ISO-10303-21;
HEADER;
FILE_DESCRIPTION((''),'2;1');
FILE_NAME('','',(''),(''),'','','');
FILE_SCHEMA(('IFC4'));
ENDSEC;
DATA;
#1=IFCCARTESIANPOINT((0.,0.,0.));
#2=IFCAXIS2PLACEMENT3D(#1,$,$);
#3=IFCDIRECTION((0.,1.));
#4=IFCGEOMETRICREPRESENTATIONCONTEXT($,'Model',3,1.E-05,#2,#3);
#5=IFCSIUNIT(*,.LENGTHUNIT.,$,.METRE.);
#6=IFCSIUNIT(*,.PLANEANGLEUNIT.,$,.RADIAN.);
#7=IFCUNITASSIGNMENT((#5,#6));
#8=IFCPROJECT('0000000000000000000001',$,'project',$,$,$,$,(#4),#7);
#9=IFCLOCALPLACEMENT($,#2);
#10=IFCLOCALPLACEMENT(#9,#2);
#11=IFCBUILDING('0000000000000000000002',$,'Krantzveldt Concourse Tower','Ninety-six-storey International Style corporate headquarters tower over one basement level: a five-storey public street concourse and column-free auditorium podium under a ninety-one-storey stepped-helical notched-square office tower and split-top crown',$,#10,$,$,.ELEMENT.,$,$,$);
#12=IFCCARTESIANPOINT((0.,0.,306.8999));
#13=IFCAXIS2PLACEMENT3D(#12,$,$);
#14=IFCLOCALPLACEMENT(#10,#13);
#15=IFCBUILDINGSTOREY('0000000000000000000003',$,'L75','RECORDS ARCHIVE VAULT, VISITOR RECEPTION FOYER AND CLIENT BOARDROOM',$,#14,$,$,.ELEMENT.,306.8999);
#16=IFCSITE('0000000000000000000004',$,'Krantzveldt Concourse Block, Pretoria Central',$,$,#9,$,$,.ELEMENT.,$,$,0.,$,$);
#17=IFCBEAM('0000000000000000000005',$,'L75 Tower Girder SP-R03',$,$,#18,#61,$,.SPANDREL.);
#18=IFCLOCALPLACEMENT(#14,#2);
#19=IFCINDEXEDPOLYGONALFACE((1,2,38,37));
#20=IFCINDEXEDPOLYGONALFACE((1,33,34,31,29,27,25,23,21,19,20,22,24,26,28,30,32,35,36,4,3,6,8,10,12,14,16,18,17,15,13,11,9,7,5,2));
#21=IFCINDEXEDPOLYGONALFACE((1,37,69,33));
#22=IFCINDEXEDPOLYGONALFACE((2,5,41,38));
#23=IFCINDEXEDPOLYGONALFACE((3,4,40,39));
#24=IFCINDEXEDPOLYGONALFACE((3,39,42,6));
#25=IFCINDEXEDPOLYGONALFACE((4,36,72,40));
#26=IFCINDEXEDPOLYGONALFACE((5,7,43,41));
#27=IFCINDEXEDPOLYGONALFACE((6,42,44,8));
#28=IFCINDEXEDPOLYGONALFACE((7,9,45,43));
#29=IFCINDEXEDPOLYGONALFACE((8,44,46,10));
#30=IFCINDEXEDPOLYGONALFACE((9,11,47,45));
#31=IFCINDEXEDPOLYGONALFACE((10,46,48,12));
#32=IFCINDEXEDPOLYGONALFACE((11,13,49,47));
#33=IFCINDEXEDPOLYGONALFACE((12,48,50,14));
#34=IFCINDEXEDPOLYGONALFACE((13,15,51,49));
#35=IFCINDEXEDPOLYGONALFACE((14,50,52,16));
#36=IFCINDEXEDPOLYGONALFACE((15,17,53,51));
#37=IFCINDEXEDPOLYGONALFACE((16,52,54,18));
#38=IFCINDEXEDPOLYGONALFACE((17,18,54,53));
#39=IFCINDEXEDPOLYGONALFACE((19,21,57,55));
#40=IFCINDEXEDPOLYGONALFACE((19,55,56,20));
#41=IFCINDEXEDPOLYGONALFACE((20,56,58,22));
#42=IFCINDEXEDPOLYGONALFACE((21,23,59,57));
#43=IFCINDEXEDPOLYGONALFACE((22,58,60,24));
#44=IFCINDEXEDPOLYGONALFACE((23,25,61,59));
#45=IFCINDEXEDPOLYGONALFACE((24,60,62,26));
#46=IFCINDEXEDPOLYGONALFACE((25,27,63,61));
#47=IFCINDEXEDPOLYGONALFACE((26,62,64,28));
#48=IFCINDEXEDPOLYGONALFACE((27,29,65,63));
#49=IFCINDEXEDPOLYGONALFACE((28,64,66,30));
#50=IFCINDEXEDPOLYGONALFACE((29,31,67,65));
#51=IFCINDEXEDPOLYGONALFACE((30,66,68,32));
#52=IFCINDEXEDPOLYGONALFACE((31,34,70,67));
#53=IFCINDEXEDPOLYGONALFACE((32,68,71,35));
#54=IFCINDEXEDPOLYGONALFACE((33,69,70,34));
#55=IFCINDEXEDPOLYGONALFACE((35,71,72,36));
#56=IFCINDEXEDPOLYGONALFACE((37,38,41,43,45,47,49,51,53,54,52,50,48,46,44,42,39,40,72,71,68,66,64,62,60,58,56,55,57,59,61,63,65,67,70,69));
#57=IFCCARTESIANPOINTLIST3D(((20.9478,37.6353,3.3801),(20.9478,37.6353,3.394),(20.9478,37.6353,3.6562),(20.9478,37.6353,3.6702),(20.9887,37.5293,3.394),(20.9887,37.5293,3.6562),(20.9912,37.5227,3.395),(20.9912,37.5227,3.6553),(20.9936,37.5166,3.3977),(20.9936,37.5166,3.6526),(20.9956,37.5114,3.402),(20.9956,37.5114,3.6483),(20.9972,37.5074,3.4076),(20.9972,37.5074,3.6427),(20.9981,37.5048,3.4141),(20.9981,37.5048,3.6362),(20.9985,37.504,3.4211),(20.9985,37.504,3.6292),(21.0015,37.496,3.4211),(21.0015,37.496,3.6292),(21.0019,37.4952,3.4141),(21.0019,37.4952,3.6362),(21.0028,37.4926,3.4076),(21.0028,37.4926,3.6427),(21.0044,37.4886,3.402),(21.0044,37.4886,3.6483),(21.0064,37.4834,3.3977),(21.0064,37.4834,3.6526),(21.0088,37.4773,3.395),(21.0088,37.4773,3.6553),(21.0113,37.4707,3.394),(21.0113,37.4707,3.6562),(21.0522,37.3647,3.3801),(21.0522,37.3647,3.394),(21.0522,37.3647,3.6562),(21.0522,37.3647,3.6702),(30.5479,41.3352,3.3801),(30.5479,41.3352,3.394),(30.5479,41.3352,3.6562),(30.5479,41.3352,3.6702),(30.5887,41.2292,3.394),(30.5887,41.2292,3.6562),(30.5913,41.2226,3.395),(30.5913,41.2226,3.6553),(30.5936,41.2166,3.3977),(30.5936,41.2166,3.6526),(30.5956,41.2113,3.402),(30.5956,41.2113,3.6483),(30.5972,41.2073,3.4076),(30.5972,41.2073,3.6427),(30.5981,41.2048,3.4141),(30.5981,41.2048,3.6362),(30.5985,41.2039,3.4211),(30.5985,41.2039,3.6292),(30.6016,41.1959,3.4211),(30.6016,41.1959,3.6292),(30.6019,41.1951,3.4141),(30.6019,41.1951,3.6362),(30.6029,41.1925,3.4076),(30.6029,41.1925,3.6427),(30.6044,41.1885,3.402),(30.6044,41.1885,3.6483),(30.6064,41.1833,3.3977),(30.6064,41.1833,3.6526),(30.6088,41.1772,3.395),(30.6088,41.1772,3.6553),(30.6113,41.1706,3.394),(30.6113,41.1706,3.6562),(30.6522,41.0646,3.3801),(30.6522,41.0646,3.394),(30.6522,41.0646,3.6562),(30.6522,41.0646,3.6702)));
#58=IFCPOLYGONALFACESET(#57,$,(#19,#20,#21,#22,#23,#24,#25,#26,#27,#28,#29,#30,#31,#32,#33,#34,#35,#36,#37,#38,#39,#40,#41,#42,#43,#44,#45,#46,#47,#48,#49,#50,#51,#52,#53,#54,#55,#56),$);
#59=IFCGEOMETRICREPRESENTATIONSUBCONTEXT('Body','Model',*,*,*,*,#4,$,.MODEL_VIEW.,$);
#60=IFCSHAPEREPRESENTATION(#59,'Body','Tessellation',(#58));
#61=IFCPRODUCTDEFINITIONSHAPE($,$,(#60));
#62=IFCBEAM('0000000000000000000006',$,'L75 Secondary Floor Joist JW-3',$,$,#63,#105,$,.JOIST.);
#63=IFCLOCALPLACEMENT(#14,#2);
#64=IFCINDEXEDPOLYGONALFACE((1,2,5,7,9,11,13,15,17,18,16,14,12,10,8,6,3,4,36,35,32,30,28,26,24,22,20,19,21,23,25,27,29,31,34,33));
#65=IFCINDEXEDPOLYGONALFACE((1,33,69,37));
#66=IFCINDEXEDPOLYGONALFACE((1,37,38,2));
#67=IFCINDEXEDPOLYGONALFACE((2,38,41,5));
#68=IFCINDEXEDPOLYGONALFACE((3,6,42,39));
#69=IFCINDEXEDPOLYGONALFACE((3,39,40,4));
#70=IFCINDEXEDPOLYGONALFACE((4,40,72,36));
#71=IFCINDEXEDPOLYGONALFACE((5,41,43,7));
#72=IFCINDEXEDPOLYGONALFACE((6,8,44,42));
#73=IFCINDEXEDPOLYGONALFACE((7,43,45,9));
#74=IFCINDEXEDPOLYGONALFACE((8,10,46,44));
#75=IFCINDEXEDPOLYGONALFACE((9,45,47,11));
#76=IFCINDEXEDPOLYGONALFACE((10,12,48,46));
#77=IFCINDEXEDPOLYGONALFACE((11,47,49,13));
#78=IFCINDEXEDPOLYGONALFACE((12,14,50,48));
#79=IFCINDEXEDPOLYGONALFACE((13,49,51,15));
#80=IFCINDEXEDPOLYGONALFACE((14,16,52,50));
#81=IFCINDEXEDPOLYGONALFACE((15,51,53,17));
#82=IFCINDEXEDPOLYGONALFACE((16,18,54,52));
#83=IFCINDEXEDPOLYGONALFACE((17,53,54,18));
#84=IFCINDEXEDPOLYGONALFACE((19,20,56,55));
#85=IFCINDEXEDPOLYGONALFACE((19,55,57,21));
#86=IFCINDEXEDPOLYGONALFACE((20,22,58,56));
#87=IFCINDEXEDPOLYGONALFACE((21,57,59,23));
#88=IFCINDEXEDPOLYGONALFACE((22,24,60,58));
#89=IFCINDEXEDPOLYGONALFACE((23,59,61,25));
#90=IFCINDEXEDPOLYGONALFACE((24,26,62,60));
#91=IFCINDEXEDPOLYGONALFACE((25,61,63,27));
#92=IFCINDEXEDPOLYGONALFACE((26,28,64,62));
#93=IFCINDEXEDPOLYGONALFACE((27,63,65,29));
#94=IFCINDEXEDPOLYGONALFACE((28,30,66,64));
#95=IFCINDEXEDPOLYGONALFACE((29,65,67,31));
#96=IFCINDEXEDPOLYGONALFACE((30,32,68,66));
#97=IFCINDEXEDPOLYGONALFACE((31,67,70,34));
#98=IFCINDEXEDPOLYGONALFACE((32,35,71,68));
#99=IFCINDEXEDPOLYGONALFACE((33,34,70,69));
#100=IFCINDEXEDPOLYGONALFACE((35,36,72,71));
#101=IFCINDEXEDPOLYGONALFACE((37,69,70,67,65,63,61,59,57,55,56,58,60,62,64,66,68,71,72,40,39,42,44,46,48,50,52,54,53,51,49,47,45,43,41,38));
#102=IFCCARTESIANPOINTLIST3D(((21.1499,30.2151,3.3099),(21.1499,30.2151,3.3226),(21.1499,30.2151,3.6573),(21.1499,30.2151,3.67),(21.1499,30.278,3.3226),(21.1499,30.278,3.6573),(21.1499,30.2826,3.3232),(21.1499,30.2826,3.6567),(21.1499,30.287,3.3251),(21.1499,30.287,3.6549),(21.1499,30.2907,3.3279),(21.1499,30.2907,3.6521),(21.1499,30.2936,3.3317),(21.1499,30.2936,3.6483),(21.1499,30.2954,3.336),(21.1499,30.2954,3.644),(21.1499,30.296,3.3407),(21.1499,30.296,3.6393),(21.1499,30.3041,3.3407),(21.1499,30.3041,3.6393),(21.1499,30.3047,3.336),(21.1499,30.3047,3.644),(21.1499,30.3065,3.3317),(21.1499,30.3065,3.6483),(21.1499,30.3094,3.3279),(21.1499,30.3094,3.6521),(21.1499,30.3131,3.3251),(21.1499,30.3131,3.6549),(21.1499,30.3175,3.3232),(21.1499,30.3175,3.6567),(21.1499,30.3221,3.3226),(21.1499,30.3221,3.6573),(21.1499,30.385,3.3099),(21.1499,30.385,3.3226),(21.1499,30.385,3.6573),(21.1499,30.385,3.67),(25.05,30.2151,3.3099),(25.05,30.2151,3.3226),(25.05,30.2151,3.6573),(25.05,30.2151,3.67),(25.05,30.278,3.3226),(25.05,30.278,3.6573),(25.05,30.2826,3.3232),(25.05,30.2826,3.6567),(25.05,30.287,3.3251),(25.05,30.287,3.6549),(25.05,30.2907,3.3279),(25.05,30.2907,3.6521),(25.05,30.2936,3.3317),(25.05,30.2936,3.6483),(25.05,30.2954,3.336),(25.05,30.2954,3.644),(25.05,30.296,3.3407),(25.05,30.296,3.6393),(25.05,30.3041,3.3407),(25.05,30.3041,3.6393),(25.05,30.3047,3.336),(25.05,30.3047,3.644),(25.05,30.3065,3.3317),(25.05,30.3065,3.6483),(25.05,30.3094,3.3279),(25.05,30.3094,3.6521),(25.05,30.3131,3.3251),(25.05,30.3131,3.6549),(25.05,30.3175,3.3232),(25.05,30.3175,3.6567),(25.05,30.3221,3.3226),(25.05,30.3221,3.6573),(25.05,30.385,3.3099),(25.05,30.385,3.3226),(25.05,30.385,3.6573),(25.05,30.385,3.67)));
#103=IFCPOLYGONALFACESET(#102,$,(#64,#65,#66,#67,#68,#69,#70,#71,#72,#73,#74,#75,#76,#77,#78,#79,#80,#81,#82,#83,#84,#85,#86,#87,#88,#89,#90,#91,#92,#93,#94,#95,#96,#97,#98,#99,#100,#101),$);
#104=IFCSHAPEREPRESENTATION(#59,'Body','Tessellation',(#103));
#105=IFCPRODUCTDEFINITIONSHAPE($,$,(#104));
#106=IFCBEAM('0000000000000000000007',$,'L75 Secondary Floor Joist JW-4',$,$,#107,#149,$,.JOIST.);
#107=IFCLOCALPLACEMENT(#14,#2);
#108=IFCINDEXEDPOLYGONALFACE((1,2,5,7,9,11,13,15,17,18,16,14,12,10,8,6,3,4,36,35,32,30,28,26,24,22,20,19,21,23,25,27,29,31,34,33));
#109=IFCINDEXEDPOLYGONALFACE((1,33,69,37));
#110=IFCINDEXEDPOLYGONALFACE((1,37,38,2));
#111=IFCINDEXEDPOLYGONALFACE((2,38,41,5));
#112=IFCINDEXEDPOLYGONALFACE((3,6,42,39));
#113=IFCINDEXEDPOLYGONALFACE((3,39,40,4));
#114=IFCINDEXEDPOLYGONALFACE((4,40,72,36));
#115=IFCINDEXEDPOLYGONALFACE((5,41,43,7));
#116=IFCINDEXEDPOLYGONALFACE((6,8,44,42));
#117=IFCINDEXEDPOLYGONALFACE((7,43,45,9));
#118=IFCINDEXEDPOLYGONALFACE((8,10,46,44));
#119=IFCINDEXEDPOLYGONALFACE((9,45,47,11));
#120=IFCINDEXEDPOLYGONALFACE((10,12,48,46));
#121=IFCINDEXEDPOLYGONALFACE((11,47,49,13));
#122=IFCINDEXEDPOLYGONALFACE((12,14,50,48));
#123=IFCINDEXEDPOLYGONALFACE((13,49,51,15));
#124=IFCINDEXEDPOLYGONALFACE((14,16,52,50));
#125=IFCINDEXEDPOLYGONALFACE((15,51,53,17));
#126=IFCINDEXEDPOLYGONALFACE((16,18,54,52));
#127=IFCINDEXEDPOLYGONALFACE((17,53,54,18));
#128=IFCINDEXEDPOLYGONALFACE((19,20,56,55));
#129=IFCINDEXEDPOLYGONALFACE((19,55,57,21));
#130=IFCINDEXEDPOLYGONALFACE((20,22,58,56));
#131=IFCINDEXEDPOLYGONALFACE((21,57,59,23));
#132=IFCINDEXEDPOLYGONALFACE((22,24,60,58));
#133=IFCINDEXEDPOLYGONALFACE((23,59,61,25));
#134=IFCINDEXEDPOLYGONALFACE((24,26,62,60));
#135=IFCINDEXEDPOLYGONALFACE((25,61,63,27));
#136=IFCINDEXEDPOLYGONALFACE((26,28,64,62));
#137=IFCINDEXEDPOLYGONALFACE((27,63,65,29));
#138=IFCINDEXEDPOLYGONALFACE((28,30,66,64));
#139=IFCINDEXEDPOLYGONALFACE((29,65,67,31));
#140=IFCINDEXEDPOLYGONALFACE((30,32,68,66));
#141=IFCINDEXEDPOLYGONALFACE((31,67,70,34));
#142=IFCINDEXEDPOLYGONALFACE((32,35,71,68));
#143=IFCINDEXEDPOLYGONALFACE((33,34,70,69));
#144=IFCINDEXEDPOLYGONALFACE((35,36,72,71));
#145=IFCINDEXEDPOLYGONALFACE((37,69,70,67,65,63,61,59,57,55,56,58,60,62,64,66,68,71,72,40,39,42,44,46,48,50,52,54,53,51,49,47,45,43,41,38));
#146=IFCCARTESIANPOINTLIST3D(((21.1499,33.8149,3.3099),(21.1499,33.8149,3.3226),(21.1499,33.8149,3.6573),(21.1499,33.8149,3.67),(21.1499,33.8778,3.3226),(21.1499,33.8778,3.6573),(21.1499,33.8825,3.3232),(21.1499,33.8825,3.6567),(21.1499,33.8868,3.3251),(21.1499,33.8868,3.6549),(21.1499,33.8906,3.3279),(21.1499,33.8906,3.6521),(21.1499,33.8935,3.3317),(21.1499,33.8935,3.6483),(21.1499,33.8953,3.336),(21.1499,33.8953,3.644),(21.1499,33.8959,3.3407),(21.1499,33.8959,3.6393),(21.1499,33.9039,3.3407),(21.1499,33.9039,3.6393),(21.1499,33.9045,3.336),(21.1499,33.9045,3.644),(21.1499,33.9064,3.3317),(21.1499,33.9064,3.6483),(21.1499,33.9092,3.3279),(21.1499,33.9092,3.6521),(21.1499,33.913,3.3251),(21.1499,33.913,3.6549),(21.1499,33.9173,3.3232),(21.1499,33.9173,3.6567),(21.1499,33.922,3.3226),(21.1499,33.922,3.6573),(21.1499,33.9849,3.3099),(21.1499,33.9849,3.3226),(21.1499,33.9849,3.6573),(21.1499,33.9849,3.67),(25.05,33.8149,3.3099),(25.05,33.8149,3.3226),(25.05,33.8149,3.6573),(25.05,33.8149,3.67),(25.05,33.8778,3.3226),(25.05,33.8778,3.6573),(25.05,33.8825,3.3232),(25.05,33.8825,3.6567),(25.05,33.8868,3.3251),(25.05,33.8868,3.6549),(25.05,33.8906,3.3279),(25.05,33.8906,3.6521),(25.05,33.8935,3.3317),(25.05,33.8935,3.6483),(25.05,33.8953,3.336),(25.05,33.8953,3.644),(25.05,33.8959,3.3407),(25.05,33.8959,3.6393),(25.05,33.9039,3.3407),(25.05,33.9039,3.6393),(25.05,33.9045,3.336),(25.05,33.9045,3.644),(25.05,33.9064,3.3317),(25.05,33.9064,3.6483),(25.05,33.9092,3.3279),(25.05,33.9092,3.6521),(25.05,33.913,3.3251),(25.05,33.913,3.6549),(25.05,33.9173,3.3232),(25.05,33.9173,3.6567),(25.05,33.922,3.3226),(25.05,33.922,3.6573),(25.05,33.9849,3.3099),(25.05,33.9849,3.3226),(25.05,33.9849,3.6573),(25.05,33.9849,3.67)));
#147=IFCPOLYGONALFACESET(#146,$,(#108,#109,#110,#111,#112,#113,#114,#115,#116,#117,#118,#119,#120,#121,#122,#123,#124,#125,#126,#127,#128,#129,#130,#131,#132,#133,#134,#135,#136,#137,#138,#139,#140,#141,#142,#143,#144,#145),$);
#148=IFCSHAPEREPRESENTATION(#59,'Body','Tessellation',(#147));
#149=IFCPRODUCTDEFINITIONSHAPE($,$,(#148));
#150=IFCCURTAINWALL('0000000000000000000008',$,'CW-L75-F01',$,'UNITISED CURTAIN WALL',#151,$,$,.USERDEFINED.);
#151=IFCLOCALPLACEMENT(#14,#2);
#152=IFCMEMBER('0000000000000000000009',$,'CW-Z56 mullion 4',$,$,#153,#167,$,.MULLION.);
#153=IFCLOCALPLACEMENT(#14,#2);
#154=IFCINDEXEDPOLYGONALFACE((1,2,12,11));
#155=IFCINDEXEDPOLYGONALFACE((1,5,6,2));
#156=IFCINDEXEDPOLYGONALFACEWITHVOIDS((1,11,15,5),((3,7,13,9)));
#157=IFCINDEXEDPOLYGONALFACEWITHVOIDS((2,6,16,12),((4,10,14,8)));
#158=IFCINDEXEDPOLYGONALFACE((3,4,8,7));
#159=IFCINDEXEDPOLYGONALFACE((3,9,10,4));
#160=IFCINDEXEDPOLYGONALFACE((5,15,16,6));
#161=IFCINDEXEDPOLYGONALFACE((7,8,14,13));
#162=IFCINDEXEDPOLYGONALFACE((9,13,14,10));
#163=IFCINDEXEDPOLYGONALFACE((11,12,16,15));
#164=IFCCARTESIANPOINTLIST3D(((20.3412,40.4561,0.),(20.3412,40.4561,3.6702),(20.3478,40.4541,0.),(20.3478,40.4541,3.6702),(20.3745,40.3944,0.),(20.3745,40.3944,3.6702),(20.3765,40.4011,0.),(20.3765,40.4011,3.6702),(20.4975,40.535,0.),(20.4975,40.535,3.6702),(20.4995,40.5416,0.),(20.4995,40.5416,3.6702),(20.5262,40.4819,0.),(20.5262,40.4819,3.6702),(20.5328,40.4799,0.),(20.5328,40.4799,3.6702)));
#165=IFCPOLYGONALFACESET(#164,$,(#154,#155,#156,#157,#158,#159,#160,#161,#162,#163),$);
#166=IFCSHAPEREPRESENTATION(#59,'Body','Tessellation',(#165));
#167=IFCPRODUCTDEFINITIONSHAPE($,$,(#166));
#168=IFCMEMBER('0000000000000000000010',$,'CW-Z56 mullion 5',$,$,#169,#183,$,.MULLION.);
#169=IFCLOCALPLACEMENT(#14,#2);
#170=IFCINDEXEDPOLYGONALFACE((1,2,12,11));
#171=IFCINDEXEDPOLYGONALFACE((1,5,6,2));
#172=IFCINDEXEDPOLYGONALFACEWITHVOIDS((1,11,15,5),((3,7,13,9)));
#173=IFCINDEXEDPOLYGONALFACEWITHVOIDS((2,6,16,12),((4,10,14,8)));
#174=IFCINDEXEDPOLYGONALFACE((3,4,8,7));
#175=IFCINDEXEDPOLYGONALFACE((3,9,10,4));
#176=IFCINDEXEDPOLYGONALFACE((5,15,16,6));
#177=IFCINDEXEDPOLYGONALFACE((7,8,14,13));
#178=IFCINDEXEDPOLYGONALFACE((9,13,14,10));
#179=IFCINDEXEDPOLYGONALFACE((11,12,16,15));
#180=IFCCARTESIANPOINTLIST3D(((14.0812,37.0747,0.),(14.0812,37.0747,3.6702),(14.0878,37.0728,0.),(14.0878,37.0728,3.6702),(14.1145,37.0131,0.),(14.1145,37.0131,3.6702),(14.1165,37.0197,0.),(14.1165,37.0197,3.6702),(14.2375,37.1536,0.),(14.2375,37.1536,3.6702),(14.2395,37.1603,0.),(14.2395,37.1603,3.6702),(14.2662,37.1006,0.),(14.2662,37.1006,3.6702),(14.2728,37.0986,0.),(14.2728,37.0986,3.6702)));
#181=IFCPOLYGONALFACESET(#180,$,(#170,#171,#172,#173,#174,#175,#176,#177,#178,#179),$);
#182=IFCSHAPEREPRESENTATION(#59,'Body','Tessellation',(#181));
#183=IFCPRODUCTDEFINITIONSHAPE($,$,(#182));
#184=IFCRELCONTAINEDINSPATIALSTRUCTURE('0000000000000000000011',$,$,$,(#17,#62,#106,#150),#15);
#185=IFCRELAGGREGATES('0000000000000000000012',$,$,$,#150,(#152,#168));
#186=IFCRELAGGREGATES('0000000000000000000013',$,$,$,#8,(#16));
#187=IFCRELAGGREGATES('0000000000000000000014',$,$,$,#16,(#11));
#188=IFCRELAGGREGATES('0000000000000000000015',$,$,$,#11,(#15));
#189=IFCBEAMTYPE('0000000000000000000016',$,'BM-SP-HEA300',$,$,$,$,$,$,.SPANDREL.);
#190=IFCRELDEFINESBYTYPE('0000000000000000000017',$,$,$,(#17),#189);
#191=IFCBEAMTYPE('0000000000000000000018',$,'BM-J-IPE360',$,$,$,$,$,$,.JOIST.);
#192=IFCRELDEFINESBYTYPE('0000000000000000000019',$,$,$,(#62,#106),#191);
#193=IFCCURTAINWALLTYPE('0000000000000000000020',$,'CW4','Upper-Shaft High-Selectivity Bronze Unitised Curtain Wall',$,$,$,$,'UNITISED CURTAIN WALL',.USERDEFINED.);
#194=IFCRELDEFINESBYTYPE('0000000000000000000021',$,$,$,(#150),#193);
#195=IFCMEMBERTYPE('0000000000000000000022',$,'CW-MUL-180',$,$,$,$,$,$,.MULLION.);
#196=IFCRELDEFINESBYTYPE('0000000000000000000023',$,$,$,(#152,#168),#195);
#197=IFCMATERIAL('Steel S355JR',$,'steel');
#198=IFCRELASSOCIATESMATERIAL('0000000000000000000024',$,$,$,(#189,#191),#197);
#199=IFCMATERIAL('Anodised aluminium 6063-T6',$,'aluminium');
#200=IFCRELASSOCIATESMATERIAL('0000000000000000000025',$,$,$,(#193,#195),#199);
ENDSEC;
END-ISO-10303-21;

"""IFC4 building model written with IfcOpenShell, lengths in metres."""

from ifc_helpers import new_model, si_unit, direction, frame, origin, origin_2d, place, context, subcontext, project, spatial, hollow_rectangle, i_section, extrude, source, transform, mapped, material, material_profile, profile_set, type_object, type_shapes, element, aggregate, save


model = new_model("IFC4")

# Units and contexts
model_context = context("Model", 3, precision=1e-05, world=origin(), true_north=direction((0.0, 1.0)))
body_context = subcontext(model_context, "Body", "Model", "MODEL_VIEW")
ifc_project = project(units=[si_unit("LENGTHUNIT", "METRE"), si_unit("PLANEANGLEUNIT", "RADIAN")], contexts=[model_context])

# Site, building, storey
site_placement = place(None, origin())
site = spatial("IfcSite", under=ifc_project, at=site_placement, Name="Krantzveldt Concourse Block, Pretoria Central", CompositionType="ELEMENT", RefElevation=0.0)
building_placement = place(site_placement, origin())
building = spatial("IfcBuilding", under=site, at=building_placement, Name="Krantzveldt Concourse Tower", Description="Ninety-six-storey International Style corporate headquarters tower over one basement level: a five-storey public street concourse and column-free auditorium podium under a ninety-one-storey stepped-helical notched-square office tower and split-top crown", CompositionType="ELEMENT")
storey_placement = place(building_placement, frame((0.0, 0.0, 306.8999)))
storey = spatial("IfcBuildingStorey", under=building, at=storey_placement, Name="L75", Description="RECORDS ARCHIVE VAULT, VISITOR RECEPTION FOYER AND CLIENT BOARDROOM", CompositionType="ELEMENT", Elevation=306.8999)

# Beams
ifc_material_1 = material(Name="Steel S355JR", Category="steel")
ifc_material_profile_1 = material_profile(ifc_material_1, i_section(OverallWidth=0.29, OverallDepth=0.29, WebThickness=0.0085, FlangeThickness=0.0139, FilletRadius=0.0271, at=origin_2d()), Name="Steel S355JR", Category="steel")
ifc_profile_set_1 = profile_set([ifc_material_profile_1], Name="Steel S355JR - HEA 300")
beam_type_1 = type_object("IfcBeamType", Name="BM-SP-HEA300", PredefinedType="SPANDREL", material=ifc_profile_set_1)
shared_shape_1 = source(origin(), body_context, "Body", "SweptSolid", [
    extrude(i_section(OverallWidth=0.29, OverallDepth=0.29, WebThickness=0.0085, FlangeThickness=0.0139, FilletRadius=0.0271, at=origin_2d()), origin(), (0.0, 0.0, 1.0), 10.2883),
])
beam_1_placement = place(storey_placement, frame((21.0, 37.5, 3.5251), z_axis=(0.933098, 0.359623, 0.0), x_axis=(-0.359623, 0.933098, 0.0)))
element("IfcBeam", 1, at=beam_1_placement, inside=storey, type_object=beam_type_1, Name="L75 Tower Girder SP-R03", PredefinedType="SPANDREL", context=body_context, shape_type="MappedRepresentation", body=[
    mapped(shared_shape_1, transform((0.0, 0.0, 0.0), x_axis=(1.0, 0.0, 0.0), y_axis=(0.0, 1.0, 0.0), z_axis=(0.0, 0.0, 1.0), scale=1.0)),
])
ifc_material_profile_2 = material_profile(ifc_material_1, i_section(OverallWidth=0.1699, OverallDepth=0.3601, WebThickness=0.0081, FlangeThickness=0.0127, FilletRadius=0.0181, at=origin_2d()), Name="Steel S355JR", Category="steel")
ifc_profile_set_2 = profile_set([ifc_material_profile_2], Name="Steel S355JR - IPE 360")
beam_type_2 = type_object("IfcBeamType", Name="BM-J-IPE360", PredefinedType="JOIST", material=ifc_profile_set_2)
shared_shape_2 = source(origin(), body_context, "Body", "SweptSolid", [
    extrude(i_section(OverallWidth=0.1699, OverallDepth=0.3601, WebThickness=0.0081, FlangeThickness=0.0127, FilletRadius=0.0181, at=origin_2d()), origin(), (0.0, 0.0, 1.0), 3.9001),
])
type_shapes(beam_type_2, [shared_shape_2])
for number, where, z_axis, x_axis, name in (
    (2, (21.1499, 30.3, 3.49), (1.0, 0.0, 0.0), (0.0, 1.0, 0.0), "L75 Secondary Floor Joist JW-3"),
    (3, (21.1499, 33.8999, 3.49), (1.0, 0.0, 0.0), (0.0, 1.0, 0.0), "L75 Secondary Floor Joist JW-4"),
):
    element("IfcBeam", number, at=place(storey_placement, frame(where, z_axis=z_axis, x_axis=x_axis)), inside=storey, type_object=beam_type_2, Name=name, PredefinedType="JOIST", context=body_context, shape_type="MappedRepresentation", body=[
        mapped(shared_shape_2, transform((0.0, 0.0, 0.0), x_axis=(1.0, 0.0, 0.0), y_axis=(0.0, 1.0, 0.0), z_axis=(0.0, 0.0, 1.0), scale=1.0)),
    ])

# Curtain wall, members
ifc_material_2 = material(Name="Anodised aluminium 6063-T6", Category="aluminium")
curtain_wall_type = type_object("IfcCurtainWallType", Name="CW4", Description="Upper-Shaft High-Selectivity Bronze Unitised Curtain Wall", ElementType="UNITISED CURTAIN WALL", PredefinedType="USERDEFINED", material=ifc_material_2)
curtain_wall_1_placement = place(storey_placement, origin())
curtain_wall_1 = element("IfcCurtainWall", 4, at=curtain_wall_1_placement, inside=storey, type_object=curtain_wall_type, Name="CW-L75-F01", ObjectType="UNITISED CURTAIN WALL", PredefinedType="USERDEFINED")
ifc_material_profile_3 = material_profile(ifc_material_2, hollow_rectangle(XDim=0.0701, YDim=0.1799, WallThickness=0.0049, at=origin_2d()), Name="Anodised aluminium 6063-T6", Category="aluminium")
ifc_profile_set_3 = profile_set([ifc_material_profile_3], Name="Anodised aluminium 6063-T6 - ALU-MULL 180x70x5")
member_type_1 = type_object("IfcMemberType", Name="CW-MUL-180", PredefinedType="MULLION", material=ifc_profile_set_3)
shared_shape_3 = source(origin(), body_context, "Body", "SweptSolid", [
    extrude(hollow_rectangle(XDim=0.0701, YDim=0.1799, WallThickness=0.0049, at=origin_2d()), origin(), (0.0, 0.0, 1.0), 3.6702),
])
type_shapes(member_type_1, [shared_shape_3])
member_1_placement = place(storey_placement, frame((20.437, 40.468, 0.0), z_axis=(0.0, 0.0, 1.0), x_axis=(0.47524, -0.879856, 0.0)))
member_1 = element("IfcMember", 5, at=member_1_placement, type_object=member_type_1, Name="CW-Z56 mullion 4", PredefinedType="MULLION", context=body_context, shape_type="MappedRepresentation", body=[
    mapped(shared_shape_3, transform((0.0, 0.0, 0.0), x_axis=(1.0, 0.0, 0.0), y_axis=(0.0, 1.0, 0.0), z_axis=(0.0, 0.0, 1.0), scale=1.0)),
])
member_2_placement = place(storey_placement, frame((14.177, 37.0867, 0.0), z_axis=(0.0, 0.0, 1.0), x_axis=(0.47524, -0.879856, 0.0)))
member_2 = element("IfcMember", 6, at=member_2_placement, type_object=member_type_1, Name="CW-Z56 mullion 5", PredefinedType="MULLION", context=body_context, shape_type="MappedRepresentation", body=[
    mapped(shared_shape_3, transform((0.0, 0.0, 0.0), x_axis=(1.0, 0.0, 0.0), y_axis=(0.0, 1.0, 0.0), z_axis=(0.0, 0.0, 1.0), scale=1.0)),
])

aggregate(curtain_wall_1, [member_1, member_2])

save(model, "model.ifc")
